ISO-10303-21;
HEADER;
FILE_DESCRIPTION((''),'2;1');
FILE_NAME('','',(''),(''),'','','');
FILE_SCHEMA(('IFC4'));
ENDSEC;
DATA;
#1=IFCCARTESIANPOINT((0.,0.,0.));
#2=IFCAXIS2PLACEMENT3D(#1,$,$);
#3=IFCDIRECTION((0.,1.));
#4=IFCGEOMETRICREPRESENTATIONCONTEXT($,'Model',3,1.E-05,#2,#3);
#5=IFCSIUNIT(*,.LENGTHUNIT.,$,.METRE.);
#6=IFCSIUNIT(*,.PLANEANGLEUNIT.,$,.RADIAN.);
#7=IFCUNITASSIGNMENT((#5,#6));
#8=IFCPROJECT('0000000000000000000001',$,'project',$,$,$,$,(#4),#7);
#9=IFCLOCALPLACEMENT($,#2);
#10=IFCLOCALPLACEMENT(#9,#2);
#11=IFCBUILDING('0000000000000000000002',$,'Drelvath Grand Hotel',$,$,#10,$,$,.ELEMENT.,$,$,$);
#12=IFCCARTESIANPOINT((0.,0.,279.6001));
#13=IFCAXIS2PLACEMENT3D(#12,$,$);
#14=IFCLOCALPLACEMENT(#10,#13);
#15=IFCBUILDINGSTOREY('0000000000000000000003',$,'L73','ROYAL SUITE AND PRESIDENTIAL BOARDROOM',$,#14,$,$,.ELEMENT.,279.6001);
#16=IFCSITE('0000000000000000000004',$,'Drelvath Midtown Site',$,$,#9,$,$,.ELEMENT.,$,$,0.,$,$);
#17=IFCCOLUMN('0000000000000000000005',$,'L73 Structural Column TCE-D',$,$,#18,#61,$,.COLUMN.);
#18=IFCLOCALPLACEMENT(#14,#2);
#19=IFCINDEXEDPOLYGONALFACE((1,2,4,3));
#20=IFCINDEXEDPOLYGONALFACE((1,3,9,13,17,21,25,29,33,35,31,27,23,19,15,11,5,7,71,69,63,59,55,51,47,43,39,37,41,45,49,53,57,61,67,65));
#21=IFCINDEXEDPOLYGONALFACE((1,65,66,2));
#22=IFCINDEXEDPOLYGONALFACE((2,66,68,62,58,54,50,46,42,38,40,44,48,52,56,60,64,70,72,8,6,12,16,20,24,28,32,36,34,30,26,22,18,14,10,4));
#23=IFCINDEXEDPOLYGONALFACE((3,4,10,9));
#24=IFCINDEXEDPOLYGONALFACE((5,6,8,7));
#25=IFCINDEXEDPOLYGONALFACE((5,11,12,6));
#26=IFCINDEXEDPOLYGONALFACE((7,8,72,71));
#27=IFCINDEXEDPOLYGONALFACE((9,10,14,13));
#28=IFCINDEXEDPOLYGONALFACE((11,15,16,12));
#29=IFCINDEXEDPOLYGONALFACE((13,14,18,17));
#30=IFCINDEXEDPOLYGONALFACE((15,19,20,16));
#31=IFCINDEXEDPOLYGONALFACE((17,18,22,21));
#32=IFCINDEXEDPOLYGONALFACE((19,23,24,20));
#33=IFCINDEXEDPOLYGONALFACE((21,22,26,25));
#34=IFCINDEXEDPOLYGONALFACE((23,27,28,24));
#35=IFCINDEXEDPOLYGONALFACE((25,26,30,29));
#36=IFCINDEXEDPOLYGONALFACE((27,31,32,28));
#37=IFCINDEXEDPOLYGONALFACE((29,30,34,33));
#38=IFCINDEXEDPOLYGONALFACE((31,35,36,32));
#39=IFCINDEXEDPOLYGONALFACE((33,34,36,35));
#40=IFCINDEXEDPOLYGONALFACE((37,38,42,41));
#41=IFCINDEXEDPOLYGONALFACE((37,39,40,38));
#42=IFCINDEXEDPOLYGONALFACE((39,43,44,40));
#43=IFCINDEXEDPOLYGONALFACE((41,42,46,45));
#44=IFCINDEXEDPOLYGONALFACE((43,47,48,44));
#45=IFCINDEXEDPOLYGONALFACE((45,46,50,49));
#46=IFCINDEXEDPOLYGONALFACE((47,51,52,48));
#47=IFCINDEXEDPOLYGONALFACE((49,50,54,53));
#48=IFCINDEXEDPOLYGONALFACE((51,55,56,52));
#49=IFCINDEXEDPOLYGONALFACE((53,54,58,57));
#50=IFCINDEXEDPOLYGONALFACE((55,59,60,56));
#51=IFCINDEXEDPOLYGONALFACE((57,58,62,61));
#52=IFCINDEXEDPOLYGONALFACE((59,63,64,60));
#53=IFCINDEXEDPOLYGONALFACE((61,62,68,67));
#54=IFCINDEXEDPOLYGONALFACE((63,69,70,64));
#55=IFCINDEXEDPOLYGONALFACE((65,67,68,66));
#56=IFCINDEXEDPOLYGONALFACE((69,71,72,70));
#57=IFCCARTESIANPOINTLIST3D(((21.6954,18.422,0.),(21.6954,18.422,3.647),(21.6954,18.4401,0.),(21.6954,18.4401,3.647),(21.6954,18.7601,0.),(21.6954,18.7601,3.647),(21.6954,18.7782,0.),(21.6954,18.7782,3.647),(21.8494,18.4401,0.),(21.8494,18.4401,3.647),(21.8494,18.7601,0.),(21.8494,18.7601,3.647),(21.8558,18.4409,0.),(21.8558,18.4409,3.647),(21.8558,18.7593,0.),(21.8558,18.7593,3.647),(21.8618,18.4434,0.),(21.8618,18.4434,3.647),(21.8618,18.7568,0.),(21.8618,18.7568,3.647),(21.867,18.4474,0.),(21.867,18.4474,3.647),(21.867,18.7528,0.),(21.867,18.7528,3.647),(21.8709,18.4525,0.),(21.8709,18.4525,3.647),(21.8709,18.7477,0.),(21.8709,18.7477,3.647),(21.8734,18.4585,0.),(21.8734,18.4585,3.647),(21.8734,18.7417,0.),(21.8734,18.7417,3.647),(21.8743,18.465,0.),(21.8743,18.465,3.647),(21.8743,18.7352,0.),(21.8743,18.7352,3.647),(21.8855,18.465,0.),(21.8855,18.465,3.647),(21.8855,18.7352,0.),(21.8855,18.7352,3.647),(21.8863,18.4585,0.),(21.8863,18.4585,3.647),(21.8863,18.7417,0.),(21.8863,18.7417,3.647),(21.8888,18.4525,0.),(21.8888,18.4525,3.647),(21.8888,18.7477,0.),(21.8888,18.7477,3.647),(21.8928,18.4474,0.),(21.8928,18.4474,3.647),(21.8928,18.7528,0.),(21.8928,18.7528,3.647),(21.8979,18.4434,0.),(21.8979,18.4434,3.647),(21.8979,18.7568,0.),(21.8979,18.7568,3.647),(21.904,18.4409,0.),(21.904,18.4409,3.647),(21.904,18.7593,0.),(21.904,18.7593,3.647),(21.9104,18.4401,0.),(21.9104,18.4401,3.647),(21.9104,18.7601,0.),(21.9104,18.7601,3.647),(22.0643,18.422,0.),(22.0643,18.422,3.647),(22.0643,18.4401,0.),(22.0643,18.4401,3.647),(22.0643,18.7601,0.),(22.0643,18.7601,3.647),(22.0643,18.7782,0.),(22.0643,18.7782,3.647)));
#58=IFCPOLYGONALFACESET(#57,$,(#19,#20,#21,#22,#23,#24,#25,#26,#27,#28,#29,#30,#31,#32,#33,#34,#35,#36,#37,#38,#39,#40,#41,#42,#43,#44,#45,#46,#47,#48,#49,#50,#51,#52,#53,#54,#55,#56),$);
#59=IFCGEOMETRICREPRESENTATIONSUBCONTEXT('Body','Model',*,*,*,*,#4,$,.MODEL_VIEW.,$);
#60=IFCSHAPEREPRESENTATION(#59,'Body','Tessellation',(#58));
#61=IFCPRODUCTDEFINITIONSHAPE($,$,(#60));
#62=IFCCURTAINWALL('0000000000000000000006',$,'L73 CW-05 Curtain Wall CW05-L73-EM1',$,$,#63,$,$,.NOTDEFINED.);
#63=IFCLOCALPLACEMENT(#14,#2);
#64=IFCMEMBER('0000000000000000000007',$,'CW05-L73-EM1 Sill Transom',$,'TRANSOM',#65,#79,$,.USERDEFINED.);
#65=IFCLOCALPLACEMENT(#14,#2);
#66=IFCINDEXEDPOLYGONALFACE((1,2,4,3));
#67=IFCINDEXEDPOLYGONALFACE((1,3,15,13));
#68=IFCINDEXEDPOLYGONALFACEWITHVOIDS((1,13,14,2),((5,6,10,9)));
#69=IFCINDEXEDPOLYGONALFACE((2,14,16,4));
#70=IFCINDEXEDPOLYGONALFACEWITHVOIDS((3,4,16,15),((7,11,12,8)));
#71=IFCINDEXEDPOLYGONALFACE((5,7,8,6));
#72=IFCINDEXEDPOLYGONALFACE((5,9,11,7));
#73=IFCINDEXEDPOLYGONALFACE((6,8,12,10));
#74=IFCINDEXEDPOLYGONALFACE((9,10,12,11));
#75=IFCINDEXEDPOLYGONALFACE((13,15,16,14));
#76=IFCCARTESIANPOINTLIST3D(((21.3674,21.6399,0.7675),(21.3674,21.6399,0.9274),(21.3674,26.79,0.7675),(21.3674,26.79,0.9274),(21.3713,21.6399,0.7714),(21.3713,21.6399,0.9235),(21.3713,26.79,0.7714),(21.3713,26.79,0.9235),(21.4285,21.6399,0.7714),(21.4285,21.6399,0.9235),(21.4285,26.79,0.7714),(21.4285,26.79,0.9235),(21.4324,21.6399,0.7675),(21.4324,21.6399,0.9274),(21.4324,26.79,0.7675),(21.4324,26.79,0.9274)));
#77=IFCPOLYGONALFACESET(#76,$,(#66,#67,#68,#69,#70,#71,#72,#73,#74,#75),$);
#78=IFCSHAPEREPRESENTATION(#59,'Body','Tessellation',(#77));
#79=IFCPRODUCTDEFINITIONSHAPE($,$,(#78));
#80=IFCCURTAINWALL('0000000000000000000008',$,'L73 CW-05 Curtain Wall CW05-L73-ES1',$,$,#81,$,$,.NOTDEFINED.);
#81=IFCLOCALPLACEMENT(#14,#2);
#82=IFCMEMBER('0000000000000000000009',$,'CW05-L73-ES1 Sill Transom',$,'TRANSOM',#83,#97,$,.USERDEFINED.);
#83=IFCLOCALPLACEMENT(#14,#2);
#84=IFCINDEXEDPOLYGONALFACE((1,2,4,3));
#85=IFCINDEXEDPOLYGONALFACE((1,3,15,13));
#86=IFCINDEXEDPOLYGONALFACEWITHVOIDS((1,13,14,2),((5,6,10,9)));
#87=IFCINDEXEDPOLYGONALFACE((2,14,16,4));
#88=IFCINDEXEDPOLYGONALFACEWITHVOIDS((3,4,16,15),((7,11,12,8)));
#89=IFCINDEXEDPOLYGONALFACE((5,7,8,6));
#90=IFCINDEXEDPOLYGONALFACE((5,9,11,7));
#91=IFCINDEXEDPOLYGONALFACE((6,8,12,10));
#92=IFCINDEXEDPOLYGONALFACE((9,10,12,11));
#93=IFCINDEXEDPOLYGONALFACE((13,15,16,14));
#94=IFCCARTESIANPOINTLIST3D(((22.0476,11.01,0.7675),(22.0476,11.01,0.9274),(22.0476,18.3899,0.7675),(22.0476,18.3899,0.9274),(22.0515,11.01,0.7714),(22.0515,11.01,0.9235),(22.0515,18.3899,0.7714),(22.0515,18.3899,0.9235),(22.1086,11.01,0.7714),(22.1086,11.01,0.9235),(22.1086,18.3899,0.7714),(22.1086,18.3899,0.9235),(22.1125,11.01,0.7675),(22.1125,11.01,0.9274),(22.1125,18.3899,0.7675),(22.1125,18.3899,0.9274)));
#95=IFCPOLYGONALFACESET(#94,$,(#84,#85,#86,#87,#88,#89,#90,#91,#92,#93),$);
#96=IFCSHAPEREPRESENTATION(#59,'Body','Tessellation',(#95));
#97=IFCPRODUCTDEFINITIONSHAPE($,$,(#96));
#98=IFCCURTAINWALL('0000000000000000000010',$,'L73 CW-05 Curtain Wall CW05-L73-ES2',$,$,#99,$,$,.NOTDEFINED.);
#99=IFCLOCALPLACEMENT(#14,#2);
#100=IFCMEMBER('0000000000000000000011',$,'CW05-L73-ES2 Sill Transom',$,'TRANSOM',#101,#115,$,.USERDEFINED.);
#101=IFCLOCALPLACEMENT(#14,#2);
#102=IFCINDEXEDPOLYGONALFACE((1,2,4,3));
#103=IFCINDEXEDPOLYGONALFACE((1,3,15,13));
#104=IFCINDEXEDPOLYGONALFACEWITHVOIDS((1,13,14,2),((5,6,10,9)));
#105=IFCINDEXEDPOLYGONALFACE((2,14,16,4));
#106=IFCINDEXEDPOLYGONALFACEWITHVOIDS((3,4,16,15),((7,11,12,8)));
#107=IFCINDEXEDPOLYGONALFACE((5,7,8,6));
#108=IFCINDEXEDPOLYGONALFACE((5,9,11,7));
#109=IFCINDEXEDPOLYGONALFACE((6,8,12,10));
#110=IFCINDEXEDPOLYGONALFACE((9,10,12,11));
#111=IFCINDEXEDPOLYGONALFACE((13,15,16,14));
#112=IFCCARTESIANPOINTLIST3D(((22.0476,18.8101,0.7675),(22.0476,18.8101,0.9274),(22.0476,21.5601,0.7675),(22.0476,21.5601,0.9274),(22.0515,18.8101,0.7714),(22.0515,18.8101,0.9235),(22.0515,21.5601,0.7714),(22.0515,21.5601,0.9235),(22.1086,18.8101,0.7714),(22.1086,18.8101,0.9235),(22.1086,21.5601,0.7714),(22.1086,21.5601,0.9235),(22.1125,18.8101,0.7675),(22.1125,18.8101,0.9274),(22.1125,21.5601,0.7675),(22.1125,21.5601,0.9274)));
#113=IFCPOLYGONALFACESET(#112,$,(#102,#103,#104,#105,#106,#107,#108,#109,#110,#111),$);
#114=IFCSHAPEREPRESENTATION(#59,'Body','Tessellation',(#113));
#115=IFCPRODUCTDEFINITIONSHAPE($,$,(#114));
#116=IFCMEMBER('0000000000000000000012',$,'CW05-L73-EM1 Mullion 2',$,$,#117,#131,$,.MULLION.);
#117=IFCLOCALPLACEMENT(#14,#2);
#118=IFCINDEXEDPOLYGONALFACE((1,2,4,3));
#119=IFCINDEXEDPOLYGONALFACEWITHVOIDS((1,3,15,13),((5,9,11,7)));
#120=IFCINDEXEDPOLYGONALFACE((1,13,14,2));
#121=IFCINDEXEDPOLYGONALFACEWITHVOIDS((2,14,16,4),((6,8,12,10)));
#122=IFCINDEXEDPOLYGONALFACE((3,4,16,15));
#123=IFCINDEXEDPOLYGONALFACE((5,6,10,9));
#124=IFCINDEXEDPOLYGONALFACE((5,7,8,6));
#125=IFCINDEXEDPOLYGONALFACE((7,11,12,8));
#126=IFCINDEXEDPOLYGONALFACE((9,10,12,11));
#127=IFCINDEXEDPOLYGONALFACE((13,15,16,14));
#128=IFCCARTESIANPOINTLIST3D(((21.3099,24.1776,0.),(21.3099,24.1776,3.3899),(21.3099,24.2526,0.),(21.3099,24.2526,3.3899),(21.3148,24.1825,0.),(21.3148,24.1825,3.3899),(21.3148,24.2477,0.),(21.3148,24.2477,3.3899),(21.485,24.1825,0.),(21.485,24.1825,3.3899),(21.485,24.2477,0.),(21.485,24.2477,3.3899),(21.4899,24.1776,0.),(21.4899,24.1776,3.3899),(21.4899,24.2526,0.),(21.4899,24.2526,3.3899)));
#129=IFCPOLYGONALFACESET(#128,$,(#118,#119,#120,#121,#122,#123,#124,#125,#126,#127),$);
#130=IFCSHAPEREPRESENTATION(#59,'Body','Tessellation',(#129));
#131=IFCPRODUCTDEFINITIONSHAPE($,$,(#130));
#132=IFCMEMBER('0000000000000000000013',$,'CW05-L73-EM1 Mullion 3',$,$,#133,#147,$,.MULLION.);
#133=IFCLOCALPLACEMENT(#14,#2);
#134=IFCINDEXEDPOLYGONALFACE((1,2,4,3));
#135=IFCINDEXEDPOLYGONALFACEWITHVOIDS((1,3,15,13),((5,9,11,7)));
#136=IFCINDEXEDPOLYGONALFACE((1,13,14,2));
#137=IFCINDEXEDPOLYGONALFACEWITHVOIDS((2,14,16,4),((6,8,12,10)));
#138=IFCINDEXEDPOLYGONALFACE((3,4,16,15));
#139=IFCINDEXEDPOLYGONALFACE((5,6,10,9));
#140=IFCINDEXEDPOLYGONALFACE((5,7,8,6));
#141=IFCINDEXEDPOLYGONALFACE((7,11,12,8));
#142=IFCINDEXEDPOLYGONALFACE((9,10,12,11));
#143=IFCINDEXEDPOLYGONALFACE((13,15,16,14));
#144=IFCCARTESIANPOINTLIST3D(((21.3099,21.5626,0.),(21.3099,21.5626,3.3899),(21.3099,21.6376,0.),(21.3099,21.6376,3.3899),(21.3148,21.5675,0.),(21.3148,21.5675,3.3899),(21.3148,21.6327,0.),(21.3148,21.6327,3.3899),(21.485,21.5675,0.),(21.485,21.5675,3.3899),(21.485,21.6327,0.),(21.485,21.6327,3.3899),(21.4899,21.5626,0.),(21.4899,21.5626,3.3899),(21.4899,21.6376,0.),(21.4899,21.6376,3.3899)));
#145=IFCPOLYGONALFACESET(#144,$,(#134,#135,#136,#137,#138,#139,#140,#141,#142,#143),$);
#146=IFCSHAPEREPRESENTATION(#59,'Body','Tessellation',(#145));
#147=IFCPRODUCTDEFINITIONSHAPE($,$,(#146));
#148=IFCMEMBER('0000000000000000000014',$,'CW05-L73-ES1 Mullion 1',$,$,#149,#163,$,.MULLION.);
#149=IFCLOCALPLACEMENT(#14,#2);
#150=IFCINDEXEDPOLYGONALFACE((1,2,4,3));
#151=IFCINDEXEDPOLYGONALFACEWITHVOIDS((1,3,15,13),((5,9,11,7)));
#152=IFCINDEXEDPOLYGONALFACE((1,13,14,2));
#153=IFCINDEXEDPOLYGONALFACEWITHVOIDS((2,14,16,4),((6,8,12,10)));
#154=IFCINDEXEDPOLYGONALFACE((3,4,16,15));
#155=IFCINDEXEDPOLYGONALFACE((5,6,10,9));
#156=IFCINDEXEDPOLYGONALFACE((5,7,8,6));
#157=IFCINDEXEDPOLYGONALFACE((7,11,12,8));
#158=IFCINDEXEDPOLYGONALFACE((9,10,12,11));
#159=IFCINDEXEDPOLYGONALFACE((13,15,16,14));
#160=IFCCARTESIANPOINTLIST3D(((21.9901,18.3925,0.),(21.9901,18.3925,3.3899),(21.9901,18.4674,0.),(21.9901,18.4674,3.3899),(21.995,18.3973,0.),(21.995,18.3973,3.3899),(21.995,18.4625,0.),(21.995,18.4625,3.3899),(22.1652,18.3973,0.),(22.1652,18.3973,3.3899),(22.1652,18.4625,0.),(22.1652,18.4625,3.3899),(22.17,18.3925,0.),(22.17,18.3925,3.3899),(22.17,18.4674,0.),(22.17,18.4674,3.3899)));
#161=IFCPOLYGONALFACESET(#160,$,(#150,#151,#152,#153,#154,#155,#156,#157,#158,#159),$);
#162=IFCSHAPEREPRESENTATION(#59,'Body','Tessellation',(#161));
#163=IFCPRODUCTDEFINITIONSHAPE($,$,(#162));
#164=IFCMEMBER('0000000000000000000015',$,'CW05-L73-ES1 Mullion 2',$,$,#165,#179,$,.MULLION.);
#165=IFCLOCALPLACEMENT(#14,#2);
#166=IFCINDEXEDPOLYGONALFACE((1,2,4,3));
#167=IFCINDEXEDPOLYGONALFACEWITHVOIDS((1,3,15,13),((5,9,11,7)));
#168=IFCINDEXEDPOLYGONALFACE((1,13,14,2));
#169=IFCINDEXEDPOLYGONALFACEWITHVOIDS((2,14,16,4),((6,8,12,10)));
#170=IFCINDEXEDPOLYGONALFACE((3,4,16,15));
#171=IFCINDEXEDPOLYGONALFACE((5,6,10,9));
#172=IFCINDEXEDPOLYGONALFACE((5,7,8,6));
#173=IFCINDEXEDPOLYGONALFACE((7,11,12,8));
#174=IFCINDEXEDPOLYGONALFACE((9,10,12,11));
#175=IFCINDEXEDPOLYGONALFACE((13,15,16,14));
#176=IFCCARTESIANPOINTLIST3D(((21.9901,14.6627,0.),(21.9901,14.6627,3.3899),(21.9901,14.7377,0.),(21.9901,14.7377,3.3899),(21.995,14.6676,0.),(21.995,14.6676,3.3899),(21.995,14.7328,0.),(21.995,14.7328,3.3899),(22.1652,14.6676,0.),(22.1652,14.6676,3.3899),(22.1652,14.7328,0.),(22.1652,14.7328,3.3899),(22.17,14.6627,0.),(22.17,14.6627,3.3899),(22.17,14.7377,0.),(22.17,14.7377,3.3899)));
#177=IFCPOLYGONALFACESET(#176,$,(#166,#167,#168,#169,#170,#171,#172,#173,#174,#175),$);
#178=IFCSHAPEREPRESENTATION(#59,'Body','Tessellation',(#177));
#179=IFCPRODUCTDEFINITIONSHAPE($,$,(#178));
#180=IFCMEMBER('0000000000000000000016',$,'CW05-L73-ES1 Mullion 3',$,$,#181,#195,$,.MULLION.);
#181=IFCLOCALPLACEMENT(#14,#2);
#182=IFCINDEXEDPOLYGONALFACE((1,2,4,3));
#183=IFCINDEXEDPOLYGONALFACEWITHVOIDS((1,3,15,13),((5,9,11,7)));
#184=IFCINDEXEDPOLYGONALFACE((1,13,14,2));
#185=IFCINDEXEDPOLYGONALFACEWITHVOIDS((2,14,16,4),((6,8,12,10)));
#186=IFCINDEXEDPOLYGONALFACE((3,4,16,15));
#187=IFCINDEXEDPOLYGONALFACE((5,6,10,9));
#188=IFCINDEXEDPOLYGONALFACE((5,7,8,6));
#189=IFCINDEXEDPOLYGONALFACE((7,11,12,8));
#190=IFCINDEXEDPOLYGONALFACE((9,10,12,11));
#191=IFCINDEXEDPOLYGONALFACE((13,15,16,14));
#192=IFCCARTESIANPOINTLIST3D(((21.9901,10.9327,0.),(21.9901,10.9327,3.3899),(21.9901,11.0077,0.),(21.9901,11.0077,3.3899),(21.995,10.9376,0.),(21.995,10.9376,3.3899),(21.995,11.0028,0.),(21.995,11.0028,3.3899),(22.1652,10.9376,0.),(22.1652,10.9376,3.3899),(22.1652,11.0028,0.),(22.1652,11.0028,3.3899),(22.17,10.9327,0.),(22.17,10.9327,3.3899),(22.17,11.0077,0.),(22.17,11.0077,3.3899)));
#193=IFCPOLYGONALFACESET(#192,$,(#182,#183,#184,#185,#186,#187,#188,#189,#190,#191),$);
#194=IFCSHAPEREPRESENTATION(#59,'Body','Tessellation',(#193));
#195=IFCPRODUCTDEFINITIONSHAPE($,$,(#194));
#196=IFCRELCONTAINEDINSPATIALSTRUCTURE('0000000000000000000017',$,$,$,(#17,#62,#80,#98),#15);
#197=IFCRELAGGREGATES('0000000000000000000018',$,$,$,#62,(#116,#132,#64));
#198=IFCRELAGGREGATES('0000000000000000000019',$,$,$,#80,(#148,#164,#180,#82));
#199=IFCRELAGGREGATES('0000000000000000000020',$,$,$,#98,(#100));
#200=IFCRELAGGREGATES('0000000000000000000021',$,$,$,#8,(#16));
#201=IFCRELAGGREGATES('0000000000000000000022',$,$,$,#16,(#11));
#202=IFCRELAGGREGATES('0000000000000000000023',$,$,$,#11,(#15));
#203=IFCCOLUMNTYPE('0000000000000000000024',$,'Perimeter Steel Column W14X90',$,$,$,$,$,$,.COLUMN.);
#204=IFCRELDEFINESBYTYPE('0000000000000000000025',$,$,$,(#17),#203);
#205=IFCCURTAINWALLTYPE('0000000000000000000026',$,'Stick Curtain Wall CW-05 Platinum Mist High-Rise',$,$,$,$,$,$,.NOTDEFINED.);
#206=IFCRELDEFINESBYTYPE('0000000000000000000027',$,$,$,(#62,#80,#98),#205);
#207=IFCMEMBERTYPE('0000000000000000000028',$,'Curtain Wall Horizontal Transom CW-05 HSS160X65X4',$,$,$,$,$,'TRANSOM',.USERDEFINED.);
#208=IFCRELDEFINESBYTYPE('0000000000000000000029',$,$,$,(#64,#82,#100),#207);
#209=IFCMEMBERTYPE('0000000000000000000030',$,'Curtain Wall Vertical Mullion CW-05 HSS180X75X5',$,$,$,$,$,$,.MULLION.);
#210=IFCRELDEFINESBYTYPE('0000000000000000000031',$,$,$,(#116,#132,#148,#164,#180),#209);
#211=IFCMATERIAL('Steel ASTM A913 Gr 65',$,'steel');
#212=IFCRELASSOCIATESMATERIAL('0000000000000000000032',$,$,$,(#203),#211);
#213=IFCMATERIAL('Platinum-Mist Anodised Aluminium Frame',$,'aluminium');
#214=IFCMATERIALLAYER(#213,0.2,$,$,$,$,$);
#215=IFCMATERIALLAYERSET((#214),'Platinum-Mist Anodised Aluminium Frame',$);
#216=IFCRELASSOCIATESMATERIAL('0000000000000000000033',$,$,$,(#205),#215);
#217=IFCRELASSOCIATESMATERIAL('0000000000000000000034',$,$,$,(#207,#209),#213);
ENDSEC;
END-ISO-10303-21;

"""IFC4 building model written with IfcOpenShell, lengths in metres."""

from ifc_helpers import new_model, si_unit, direction, frame, origin, origin_2d, place, context, subcontext, project, spatial, hollow_rectangle, i_section, extrude, material, layer, layer_set, material_profile, profile_set, type_object, element, aggregate, save


model = new_model("IFC4")

# Units and contexts
model_context = context("Model", 3, precision=1e-05, world=origin(), true_north=direction((0.0, 1.0)))
body_context = subcontext(model_context, "Body", "Model", "MODEL_VIEW")
ifc_project = project(units=[si_unit("LENGTHUNIT", "METRE"), si_unit("PLANEANGLEUNIT", "RADIAN")], contexts=[model_context])

# Site, building, storey
site_placement = place(None, origin())
site = spatial("IfcSite", under=ifc_project, at=site_placement, Name="Drelvath Midtown Site", CompositionType="ELEMENT", RefElevation=0.0)
building_placement = place(site_placement, origin())
building = spatial("IfcBuilding", under=site, at=building_placement, Name="Drelvath Grand Hotel", CompositionType="ELEMENT")
storey_placement = place(building_placement, frame((0.0, 0.0, 279.6001)))
storey = spatial("IfcBuildingStorey", under=building, at=storey_placement, Name="L73", Description="ROYAL SUITE AND PRESIDENTIAL BOARDROOM", CompositionType="ELEMENT", Elevation=279.6001)

# Column
ifc_material_1 = material(Name="Steel ASTM A913 Gr 65", Category="steel")
ifc_material_profile_1 = material_profile(ifc_material_1, i_section(OverallWidth=0.3689, OverallDepth=0.3562, WebThickness=0.0112, FlangeThickness=0.0181, FilletRadius=0.0249, at=origin_2d()), Name="W14X90")
ifc_profile_set_1 = profile_set([ifc_material_profile_1], Name="Steel ASTM A913 Gr 65")
column_type = type_object("IfcColumnType", Name="Perimeter Steel Column W14X90", PredefinedType="COLUMN", material=ifc_profile_set_1)
column_placement = place(storey_placement, frame((21.8799, 18.6001, 0.0), z_axis=(0.0, 0.0, 1.0), x_axis=(1.0, 0.0, 0.0)))
element("IfcColumn", 1, at=column_placement, inside=storey, type_object=column_type, Name="L73 Structural Column TCE-D", PredefinedType="COLUMN", context=body_context, shape_type="SweptSolid", body=[
    extrude(i_section(OverallWidth=0.3689, OverallDepth=0.3562, WebThickness=0.0112, FlangeThickness=0.0181, FilletRadius=0.0249, at=origin_2d()), origin(), (0.0, 0.0, 1.0), 3.647),
])

# Curtain walls, members
ifc_material_2 = material(Name="Platinum-Mist Anodised Aluminium Frame", Category="aluminium")
ifc_layer_1 = layer(ifc_material_2, 0.2)
ifc_layer_set_1 = layer_set([ifc_layer_1], Name="Platinum-Mist Anodised Aluminium Frame")
curtain_wall_type = type_object("IfcCurtainWallType", Name="Stick Curtain Wall CW-05 Platinum Mist High-Rise", PredefinedType="NOTDEFINED", material=ifc_layer_set_1)
curtain_wall_1_placement = place(storey_placement, origin())
curtain_wall_1 = element("IfcCurtainWall", 2, at=curtain_wall_1_placement, inside=storey, type_object=curtain_wall_type, Name="L73 CW-05 Curtain Wall CW05-L73-EM1", PredefinedType="NOTDEFINED")
ifc_material_profile_2 = material_profile(ifc_material_2, hollow_rectangle(XDim=0.0649, YDim=0.1599, WallThickness=0.0039, at=origin_2d()), Name="HSS160X65X4")
ifc_profile_set_2 = profile_set([ifc_material_profile_2], Name="Platinum-Mist Anodised Aluminium Frame")
member_type_1 = type_object("IfcMemberType", Name="Curtain Wall Horizontal Transom CW-05 HSS160X65X4", ElementType="TRANSOM", PredefinedType="USERDEFINED", material=ifc_profile_set_2)
member_1_placement = place(storey_placement, frame((21.3999, 26.79, 0.8474), z_axis=(0.0, -1.0, 0.0), x_axis=(1.0, 0.0, 0.0)))
member_1 = element("IfcMember", 3, at=member_1_placement, type_object=member_type_1, Name="CW05-L73-EM1 Sill Transom", ObjectType="TRANSOM", PredefinedType="USERDEFINED", context=body_context, shape_type="SweptSolid", body=[
    extrude(hollow_rectangle(XDim=0.0649, YDim=0.1599, WallThickness=0.0039, at=origin_2d()), origin(), (0.0, 0.0, 1.0), 5.1501),
])
curtain_wall_2_placement = place(storey_placement, origin())
curtain_wall_2 = element("IfcCurtainWall", 4, at=curtain_wall_2_placement, inside=storey, type_object=curtain_wall_type, Name="L73 CW-05 Curtain Wall CW05-L73-ES1", PredefinedType="NOTDEFINED")
member_2_placement = place(storey_placement, frame((22.0801, 18.3899, 0.8474), z_axis=(0.0, -1.0, 0.0), x_axis=(1.0, 0.0, 0.0)))
member_2 = element("IfcMember", 5, at=member_2_placement, type_object=member_type_1, Name="CW05-L73-ES1 Sill Transom", ObjectType="TRANSOM", PredefinedType="USERDEFINED", context=body_context, shape_type="SweptSolid", body=[
    extrude(hollow_rectangle(XDim=0.0649, YDim=0.1599, WallThickness=0.0039, at=origin_2d()), origin(), (0.0, 0.0, 1.0), 7.3799),
])
curtain_wall_3_placement = place(storey_placement, origin())
curtain_wall_3 = element("IfcCurtainWall", 6, at=curtain_wall_3_placement, inside=storey, type_object=curtain_wall_type, Name="L73 CW-05 Curtain Wall CW05-L73-ES2", PredefinedType="NOTDEFINED")
member_3_placement = place(storey_placement, frame((22.0801, 21.5601, 0.8474), z_axis=(0.0, -1.0, 0.0), x_axis=(1.0, 0.0, 0.0)))
member_3 = element("IfcMember", 7, at=member_3_placement, type_object=member_type_1, Name="CW05-L73-ES2 Sill Transom", ObjectType="TRANSOM", PredefinedType="USERDEFINED", context=body_context, shape_type="SweptSolid", body=[
    extrude(hollow_rectangle(XDim=0.0649, YDim=0.1599, WallThickness=0.0039, at=origin_2d()), origin(), (0.0, 0.0, 1.0), 2.75),
])

# Members
ifc_material_profile_3 = material_profile(ifc_material_2, hollow_rectangle(XDim=0.075, YDim=0.1799, WallThickness=0.0049, at=origin_2d()), Name="HSS180X75X5")
ifc_profile_set_3 = profile_set([ifc_material_profile_3], Name="Platinum-Mist Anodised Aluminium Frame")
member_type_2 = type_object("IfcMemberType", Name="Curtain Wall Vertical Mullion CW-05 HSS180X75X5", PredefinedType="MULLION", material=ifc_profile_set_3)
member_4_placement = place(storey_placement, frame((21.3999, 24.2151, 0.0), z_axis=(0.0, 0.0, 1.0), x_axis=(0.0, 1.0, 0.0)))
member_4 = element("IfcMember", 8, at=member_4_placement, type_object=member_type_2, Name="CW05-L73-EM1 Mullion 2", PredefinedType="MULLION", context=body_context, shape_type="SweptSolid", body=[
    extrude(hollow_rectangle(XDim=0.075, YDim=0.1799, WallThickness=0.0049, at=origin_2d()), origin(), (0.0, 0.0, 1.0), 3.3899),
])
member_5_placement = place(storey_placement, frame((21.3999, 21.6001, 0.0), z_axis=(0.0, 0.0, 1.0), x_axis=(0.0, 1.0, 0.0)))
member_5 = element("IfcMember", 9, at=member_5_placement, type_object=member_type_2, Name="CW05-L73-EM1 Mullion 3", PredefinedType="MULLION", context=body_context, shape_type="SweptSolid", body=[
    extrude(hollow_rectangle(XDim=0.075, YDim=0.1799, WallThickness=0.0049, at=origin_2d()), origin(), (0.0, 0.0, 1.0), 3.3899),
])
member_6_placement = place(storey_placement, frame((22.0801, 18.4299, 0.0), z_axis=(0.0, 0.0, 1.0), x_axis=(0.0, 1.0, 0.0)))
member_6 = element("IfcMember", 10, at=member_6_placement, type_object=member_type_2, Name="CW05-L73-ES1 Mullion 1", PredefinedType="MULLION", context=body_context, shape_type="SweptSolid", body=[
    extrude(hollow_rectangle(XDim=0.075, YDim=0.1799, WallThickness=0.0049, at=origin_2d()), origin(), (0.0, 0.0, 1.0), 3.3899),
])
member_7_placement = place(storey_placement, frame((22.0801, 14.7002, 0.0), z_axis=(0.0, 0.0, 1.0), x_axis=(0.0, 1.0, 0.0)))
member_7 = element("IfcMember", 11, at=member_7_placement, type_object=member_type_2, Name="CW05-L73-ES1 Mullion 2", PredefinedType="MULLION", context=body_context, shape_type="SweptSolid", body=[
    extrude(hollow_rectangle(XDim=0.075, YDim=0.1799, WallThickness=0.0049, at=origin_2d()), origin(), (0.0, 0.0, 1.0), 3.3899),
])
member_8_placement = place(storey_placement, frame((22.0801, 10.9702, 0.0), z_axis=(0.0, 0.0, 1.0), x_axis=(0.0, 1.0, 0.0)))
member_8 = element("IfcMember", 12, at=member_8_placement, type_object=member_type_2, Name="CW05-L73-ES1 Mullion 3", PredefinedType="MULLION", context=body_context, shape_type="SweptSolid", body=[
    extrude(hollow_rectangle(XDim=0.075, YDim=0.1799, WallThickness=0.0049, at=origin_2d()), origin(), (0.0, 0.0, 1.0), 3.3899),
])

aggregate(curtain_wall_1, [member_4, member_5, member_1])
aggregate(curtain_wall_2, [member_6, member_7, member_8, member_2])
aggregate(curtain_wall_3, [member_3])

save(model, "model.ifc")
